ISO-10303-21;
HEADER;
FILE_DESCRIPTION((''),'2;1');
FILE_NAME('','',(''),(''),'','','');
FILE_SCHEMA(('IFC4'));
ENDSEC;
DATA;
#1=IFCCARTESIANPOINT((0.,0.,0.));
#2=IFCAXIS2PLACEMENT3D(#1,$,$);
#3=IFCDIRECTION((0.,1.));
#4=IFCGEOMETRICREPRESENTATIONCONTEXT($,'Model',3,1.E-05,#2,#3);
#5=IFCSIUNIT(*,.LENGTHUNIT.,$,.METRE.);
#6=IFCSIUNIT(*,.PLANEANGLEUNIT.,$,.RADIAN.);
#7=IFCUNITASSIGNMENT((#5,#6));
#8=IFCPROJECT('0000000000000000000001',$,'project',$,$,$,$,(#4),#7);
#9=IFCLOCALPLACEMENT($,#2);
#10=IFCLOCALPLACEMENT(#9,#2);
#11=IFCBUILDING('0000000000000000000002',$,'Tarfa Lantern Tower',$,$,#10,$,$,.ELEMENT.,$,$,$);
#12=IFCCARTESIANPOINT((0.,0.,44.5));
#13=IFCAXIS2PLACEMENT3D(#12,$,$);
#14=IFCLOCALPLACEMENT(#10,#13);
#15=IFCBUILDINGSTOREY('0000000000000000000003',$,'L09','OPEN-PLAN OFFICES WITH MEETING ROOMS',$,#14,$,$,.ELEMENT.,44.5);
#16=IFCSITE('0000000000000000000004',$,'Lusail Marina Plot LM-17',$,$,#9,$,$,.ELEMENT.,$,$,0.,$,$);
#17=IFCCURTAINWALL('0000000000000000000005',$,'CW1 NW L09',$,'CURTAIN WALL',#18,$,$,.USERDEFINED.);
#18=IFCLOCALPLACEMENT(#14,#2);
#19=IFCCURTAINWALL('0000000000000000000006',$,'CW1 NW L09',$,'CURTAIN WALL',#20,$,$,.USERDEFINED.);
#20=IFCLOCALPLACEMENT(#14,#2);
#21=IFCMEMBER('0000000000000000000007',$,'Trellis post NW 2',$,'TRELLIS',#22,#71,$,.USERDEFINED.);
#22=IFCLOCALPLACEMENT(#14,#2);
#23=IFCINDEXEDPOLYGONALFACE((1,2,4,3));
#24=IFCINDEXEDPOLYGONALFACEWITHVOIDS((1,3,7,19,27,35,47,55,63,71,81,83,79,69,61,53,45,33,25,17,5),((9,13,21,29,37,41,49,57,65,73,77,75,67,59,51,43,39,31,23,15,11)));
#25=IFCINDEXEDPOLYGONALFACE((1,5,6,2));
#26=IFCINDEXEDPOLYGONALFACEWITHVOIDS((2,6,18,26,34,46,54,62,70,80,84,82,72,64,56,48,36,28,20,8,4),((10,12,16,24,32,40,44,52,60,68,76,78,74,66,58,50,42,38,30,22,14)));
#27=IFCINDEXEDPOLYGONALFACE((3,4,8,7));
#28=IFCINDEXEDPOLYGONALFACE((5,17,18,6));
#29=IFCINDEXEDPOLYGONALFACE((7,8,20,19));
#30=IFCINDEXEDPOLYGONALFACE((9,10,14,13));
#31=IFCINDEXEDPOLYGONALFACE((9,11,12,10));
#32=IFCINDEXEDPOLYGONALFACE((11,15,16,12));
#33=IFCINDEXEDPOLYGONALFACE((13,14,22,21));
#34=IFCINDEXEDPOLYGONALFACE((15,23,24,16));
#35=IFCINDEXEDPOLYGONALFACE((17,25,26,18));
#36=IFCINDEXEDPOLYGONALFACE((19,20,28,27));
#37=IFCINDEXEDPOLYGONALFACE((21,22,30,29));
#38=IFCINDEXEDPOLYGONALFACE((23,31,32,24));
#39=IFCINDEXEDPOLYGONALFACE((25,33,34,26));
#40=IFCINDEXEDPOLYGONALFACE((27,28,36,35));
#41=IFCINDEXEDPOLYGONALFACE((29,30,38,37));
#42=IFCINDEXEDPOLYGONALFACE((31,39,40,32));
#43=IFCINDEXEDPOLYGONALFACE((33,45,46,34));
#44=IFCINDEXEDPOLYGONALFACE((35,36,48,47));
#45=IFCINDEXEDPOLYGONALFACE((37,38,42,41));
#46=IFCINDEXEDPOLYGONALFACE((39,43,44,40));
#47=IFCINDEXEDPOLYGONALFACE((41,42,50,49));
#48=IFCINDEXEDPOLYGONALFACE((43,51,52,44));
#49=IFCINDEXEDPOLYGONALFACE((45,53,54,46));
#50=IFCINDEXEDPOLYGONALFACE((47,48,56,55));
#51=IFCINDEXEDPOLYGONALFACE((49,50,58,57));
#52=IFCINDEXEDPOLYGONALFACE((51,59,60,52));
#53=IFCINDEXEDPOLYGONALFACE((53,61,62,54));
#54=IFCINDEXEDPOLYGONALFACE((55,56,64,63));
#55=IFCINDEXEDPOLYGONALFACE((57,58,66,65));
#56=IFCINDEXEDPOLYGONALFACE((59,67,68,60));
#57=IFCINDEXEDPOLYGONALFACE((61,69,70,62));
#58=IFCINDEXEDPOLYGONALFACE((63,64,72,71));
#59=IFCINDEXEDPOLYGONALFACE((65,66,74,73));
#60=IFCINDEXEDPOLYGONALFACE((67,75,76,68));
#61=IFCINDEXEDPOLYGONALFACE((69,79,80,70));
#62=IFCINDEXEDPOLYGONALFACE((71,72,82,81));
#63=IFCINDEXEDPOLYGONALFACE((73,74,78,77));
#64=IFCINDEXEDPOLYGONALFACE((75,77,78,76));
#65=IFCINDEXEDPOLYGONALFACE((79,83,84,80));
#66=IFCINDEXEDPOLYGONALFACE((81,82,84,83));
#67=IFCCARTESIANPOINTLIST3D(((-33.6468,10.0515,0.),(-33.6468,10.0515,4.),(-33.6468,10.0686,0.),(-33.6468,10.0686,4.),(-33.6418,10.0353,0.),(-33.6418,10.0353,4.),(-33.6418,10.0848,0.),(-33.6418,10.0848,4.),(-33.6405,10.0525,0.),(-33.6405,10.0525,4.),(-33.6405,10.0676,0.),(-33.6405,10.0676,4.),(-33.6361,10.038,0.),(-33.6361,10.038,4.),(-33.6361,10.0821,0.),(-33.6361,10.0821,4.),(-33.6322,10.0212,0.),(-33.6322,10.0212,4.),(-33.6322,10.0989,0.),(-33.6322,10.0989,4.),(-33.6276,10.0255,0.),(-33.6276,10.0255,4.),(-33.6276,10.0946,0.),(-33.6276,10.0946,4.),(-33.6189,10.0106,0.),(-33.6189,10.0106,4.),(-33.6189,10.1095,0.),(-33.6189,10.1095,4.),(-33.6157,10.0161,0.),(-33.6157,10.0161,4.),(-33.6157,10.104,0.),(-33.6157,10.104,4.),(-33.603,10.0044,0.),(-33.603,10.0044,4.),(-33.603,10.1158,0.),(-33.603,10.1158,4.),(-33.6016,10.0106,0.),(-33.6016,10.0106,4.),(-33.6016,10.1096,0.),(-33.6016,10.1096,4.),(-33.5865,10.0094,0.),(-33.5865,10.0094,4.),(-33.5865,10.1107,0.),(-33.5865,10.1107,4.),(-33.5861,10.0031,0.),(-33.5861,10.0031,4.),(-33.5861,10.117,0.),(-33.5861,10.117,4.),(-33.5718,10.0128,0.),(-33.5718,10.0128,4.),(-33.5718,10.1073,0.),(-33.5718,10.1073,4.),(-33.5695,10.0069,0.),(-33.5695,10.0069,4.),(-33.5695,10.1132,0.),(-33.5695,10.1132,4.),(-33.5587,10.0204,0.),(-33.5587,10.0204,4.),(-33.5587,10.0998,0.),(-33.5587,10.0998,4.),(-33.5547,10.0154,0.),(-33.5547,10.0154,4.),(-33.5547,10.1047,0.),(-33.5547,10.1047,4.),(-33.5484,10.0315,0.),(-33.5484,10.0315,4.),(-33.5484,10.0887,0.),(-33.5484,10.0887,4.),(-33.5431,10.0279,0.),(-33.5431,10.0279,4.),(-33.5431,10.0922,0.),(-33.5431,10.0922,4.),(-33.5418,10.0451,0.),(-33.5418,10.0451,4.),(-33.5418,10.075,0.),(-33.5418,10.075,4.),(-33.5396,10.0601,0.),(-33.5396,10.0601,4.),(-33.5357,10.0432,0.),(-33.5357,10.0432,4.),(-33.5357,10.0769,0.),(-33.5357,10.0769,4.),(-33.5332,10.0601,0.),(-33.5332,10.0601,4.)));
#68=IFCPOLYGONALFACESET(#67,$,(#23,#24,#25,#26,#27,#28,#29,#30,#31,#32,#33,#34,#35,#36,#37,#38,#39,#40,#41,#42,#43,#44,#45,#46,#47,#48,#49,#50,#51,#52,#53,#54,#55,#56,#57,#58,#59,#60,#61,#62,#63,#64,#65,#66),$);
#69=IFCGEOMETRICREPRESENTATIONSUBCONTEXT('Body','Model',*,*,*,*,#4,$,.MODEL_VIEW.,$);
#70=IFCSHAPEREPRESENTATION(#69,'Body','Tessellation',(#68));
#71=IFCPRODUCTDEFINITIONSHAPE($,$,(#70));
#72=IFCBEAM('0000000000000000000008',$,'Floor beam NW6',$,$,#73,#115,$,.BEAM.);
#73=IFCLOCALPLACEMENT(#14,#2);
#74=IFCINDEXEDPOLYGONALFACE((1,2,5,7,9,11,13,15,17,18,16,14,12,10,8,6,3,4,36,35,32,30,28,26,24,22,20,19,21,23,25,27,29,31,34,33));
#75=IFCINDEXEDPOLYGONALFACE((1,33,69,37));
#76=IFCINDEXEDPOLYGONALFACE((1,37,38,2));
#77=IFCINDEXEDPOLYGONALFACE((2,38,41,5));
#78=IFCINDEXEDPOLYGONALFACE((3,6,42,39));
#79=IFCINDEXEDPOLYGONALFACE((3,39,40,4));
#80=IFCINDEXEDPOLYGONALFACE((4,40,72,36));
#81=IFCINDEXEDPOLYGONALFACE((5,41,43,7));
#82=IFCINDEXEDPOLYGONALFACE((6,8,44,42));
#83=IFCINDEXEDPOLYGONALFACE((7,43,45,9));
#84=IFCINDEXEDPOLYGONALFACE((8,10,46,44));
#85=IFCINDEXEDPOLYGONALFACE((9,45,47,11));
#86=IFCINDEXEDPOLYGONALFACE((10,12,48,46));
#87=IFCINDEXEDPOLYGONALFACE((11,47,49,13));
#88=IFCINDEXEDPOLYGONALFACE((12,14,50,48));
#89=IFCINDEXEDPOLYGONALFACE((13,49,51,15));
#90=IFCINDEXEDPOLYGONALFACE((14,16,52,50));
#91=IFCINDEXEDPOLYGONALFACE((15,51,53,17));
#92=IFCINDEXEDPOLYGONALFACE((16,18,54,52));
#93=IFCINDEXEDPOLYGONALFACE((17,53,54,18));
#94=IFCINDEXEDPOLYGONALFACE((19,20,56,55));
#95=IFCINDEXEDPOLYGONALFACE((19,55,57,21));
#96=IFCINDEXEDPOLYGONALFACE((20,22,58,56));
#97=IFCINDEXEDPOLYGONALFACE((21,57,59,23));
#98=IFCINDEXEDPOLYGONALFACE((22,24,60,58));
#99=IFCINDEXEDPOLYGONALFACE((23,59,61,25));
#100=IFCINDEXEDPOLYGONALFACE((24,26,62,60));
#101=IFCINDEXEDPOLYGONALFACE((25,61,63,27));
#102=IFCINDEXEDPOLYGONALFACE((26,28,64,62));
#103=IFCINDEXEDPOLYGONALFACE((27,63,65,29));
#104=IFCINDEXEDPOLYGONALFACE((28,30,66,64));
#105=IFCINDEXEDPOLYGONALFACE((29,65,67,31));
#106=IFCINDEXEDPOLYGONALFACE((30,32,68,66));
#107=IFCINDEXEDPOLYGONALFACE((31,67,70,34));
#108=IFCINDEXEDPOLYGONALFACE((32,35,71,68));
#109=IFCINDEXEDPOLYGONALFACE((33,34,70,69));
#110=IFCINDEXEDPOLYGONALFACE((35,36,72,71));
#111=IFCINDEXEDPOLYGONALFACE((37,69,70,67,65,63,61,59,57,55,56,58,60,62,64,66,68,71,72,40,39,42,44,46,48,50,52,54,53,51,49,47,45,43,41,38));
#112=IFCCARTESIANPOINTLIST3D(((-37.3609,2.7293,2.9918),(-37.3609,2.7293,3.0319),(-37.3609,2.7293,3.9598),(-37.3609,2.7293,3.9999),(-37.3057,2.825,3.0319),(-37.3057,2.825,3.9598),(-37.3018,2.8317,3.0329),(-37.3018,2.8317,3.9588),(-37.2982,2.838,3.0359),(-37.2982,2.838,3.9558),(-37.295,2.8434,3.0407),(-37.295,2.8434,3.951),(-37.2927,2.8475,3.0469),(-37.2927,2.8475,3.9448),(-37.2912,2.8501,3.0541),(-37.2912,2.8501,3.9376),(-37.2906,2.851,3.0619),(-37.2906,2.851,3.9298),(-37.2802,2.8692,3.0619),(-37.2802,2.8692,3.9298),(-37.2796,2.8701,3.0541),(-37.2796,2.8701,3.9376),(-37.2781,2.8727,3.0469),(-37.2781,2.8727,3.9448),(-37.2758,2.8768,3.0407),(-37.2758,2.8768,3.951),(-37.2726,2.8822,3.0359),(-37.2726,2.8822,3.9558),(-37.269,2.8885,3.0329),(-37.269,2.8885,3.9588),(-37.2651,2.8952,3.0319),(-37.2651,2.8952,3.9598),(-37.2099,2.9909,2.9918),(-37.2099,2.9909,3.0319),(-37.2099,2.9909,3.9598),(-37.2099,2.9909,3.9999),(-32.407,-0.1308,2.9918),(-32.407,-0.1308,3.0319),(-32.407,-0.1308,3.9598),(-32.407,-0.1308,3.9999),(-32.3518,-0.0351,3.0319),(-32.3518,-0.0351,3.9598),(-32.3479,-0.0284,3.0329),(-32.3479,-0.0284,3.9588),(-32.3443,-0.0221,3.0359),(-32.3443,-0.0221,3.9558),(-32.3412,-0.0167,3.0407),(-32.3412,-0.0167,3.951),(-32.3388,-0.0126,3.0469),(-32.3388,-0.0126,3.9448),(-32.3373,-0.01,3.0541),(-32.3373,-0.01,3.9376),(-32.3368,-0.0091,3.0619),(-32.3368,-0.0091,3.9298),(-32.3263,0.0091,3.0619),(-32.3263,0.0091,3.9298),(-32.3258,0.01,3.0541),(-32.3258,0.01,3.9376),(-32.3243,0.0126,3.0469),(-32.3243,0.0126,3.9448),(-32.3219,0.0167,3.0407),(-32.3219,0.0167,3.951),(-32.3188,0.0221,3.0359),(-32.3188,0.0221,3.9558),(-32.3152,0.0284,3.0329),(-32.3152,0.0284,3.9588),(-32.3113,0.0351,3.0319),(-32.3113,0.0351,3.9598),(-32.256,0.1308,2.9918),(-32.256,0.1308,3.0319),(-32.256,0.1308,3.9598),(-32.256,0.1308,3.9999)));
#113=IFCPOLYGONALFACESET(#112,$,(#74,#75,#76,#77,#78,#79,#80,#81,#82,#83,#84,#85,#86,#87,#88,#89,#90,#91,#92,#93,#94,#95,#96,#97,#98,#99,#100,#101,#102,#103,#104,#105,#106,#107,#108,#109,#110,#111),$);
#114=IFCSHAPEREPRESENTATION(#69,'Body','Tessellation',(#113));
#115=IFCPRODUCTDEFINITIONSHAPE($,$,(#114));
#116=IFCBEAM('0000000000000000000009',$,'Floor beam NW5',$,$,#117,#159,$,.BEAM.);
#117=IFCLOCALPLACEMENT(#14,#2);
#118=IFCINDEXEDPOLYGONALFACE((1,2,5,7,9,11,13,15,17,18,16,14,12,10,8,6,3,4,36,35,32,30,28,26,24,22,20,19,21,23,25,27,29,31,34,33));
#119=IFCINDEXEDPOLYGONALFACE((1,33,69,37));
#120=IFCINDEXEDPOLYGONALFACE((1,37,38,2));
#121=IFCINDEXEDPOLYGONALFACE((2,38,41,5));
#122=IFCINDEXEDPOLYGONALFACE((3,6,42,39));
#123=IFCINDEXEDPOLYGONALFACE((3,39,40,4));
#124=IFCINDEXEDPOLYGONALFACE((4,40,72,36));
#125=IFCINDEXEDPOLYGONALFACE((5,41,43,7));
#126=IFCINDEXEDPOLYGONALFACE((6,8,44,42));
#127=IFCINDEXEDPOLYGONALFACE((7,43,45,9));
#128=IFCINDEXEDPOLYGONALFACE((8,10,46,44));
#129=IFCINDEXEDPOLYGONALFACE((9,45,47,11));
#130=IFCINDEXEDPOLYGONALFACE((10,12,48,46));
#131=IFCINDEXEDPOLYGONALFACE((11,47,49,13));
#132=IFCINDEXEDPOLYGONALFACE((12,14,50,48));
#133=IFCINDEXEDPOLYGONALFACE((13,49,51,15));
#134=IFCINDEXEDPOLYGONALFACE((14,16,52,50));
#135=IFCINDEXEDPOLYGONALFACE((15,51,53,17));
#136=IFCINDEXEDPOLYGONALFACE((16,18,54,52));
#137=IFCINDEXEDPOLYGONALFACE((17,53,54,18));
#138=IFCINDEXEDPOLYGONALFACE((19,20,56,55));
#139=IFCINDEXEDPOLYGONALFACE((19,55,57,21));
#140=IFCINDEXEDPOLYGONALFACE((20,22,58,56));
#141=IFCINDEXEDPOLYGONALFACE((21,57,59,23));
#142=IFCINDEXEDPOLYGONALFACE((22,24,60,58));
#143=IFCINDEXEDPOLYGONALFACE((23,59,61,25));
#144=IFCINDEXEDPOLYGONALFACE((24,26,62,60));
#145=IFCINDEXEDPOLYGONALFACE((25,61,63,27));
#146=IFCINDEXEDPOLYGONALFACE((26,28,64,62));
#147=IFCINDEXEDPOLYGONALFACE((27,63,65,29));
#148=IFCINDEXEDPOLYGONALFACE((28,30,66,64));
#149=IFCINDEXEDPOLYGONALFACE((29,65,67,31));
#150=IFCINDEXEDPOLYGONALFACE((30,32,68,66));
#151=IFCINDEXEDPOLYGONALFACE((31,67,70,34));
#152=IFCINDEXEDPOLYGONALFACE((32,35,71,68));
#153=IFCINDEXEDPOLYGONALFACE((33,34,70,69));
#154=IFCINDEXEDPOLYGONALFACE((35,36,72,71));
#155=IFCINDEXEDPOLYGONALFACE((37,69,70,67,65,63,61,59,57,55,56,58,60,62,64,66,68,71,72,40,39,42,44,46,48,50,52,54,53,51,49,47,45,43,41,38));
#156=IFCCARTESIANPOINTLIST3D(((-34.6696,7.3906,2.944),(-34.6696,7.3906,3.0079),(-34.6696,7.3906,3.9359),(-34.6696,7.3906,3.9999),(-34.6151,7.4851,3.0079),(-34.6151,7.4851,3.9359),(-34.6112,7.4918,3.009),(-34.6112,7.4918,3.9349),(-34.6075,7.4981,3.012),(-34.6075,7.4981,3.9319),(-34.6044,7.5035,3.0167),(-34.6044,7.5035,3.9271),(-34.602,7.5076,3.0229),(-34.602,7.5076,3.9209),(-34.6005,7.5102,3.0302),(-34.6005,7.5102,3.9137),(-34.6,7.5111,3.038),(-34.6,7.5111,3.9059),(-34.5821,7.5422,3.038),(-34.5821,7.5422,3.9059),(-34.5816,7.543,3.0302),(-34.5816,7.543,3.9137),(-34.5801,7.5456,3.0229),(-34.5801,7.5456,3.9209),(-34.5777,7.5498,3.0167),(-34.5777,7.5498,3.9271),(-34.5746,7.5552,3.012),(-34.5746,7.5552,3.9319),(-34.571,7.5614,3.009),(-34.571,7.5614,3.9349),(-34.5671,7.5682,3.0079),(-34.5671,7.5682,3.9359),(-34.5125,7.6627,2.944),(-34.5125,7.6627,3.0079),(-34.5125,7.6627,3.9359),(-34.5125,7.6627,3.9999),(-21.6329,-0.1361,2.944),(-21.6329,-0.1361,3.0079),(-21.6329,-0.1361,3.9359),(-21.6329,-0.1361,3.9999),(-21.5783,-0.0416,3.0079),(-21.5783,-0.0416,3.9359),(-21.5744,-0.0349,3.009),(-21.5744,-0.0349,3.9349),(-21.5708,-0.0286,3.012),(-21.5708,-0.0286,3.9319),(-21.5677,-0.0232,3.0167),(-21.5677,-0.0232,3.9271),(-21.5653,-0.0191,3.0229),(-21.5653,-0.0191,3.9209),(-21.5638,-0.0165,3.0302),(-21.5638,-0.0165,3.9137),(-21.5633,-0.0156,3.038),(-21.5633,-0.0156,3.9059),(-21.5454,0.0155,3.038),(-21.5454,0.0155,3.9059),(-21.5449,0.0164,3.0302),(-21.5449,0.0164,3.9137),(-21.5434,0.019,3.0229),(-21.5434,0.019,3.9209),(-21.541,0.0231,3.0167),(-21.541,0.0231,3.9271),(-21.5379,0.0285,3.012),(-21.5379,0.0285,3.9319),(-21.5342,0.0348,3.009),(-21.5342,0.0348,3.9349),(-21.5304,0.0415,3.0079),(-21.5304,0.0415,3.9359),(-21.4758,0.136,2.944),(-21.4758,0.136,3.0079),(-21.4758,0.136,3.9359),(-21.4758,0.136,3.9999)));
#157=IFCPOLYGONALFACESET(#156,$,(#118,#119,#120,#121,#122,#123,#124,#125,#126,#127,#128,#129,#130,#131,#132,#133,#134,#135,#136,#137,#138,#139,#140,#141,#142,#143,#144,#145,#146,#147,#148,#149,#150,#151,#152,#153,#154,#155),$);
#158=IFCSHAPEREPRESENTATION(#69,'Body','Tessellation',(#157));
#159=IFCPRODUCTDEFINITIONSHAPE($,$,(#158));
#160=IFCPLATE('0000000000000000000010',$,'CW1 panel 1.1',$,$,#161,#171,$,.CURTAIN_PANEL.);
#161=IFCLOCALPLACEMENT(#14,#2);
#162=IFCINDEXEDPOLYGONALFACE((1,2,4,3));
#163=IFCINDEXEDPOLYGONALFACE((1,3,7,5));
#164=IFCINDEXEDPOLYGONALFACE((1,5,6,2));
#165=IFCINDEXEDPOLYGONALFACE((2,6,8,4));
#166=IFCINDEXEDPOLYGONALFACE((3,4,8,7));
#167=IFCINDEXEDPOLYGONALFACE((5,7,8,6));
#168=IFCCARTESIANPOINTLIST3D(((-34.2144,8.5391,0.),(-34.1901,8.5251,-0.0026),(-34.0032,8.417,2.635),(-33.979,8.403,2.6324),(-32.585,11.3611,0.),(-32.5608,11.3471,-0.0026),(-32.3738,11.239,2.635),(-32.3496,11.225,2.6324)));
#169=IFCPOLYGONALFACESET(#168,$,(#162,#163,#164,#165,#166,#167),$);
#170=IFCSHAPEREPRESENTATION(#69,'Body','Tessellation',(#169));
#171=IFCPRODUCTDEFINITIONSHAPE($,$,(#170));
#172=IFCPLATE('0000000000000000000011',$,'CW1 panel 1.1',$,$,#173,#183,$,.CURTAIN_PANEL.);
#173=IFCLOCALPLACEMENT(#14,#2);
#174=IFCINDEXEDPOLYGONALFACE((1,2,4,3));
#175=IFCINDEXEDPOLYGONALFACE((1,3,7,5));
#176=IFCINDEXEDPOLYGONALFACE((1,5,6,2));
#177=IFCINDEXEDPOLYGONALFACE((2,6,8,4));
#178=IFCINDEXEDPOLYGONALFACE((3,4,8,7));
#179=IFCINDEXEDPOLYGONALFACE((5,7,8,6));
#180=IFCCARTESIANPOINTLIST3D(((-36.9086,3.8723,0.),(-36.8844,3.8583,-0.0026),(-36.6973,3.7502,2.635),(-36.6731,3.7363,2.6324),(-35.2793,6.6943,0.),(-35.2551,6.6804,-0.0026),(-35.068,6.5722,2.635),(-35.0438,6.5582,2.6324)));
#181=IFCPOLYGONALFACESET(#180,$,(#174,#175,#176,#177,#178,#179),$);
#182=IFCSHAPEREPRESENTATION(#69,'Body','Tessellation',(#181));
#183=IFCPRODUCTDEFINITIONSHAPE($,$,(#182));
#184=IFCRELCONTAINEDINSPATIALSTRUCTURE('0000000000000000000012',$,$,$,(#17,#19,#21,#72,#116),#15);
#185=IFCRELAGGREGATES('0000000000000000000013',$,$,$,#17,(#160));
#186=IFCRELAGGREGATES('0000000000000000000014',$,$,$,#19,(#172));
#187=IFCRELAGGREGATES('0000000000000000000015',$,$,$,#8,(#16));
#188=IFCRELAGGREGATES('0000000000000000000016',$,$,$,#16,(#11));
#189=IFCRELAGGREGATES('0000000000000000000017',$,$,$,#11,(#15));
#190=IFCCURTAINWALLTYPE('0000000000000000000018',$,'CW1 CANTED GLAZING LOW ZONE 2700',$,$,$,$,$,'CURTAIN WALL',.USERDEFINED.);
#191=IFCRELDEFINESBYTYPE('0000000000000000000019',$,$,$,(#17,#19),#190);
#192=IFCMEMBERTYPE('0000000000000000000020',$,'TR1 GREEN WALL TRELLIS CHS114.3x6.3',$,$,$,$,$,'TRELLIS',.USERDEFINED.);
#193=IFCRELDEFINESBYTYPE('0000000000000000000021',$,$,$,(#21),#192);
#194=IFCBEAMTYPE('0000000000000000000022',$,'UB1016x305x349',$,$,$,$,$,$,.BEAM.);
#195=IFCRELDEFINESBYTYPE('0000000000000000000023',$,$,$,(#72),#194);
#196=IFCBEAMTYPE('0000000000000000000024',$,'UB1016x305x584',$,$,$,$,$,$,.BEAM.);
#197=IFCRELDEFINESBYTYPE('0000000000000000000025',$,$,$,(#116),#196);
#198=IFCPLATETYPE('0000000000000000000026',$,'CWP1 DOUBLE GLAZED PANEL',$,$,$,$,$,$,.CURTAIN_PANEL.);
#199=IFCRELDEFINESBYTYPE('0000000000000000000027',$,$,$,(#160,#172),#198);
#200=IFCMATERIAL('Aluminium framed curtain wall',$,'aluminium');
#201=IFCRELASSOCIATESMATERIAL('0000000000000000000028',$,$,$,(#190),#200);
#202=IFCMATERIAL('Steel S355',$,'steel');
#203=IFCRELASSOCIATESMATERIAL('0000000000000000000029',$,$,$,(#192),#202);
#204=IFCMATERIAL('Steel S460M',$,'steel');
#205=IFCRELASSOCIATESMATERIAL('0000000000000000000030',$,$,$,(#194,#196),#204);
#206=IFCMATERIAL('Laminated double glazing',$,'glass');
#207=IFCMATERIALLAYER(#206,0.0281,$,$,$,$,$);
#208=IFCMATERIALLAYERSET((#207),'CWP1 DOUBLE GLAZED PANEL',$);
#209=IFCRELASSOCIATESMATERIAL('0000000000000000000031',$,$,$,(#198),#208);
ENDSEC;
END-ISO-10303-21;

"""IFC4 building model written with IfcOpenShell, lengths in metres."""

from ifc_helpers import new_model, si_unit, direction, frame, origin, origin_2d, place, context, subcontext, project, spatial, polyline, hollow_circle, i_section, outline, extrude, material, layer, layer_set, material_profile, profile_set, type_object, element, aggregate, save


model = new_model("IFC4")

# Units and contexts
model_context = context("Model", 3, precision=1e-05, world=origin(), true_north=direction((0.0, 1.0)))
body_context = subcontext(model_context, "Body", "Model", "MODEL_VIEW")
ifc_project = project(units=[si_unit("LENGTHUNIT", "METRE"), si_unit("PLANEANGLEUNIT", "RADIAN")], contexts=[model_context])

# Site, building, storey
site_placement = place(None, origin())
site = spatial("IfcSite", under=ifc_project, at=site_placement, Name="Lusail Marina Plot LM-17", CompositionType="ELEMENT", RefElevation=0.0)
building_placement = place(site_placement, origin())
building = spatial("IfcBuilding", under=site, at=building_placement, Name="Tarfa Lantern Tower", CompositionType="ELEMENT")
storey_placement = place(building_placement, frame((0.0, 0.0, 44.5)))
storey = spatial("IfcBuildingStorey", under=building, at=storey_placement, Name="L09", Description="OPEN-PLAN OFFICES WITH MEETING ROOMS", CompositionType="ELEMENT", Elevation=44.5)

# Curtain walls
ifc_material_1 = material(Name="Aluminium framed curtain wall", Category="aluminium")
curtain_wall_type = type_object("IfcCurtainWallType", Name="CW1 CANTED GLAZING LOW ZONE 2700", ElementType="CURTAIN WALL", PredefinedType="USERDEFINED", material=ifc_material_1)
curtain_wall_1_placement = place(storey_placement, origin())
curtain_wall_1 = element("IfcCurtainWall", 1, at=curtain_wall_1_placement, inside=storey, type_object=curtain_wall_type, Name="CW1 NW L09", ObjectType="CURTAIN WALL", PredefinedType="USERDEFINED")
curtain_wall_2_placement = place(storey_placement, origin())
curtain_wall_2 = element("IfcCurtainWall", 2, at=curtain_wall_2_placement, inside=storey, type_object=curtain_wall_type, Name="CW1 NW L09", ObjectType="CURTAIN WALL", PredefinedType="USERDEFINED")

# Member
ifc_material_2 = material(Name="Steel S355", Category="steel")
ifc_material_profile_1 = material_profile(ifc_material_2, hollow_circle(Radius=0.0571, WallThickness=0.0063, at=origin_2d()), Name="CHS114.3x6.3")
ifc_profile_set_1 = profile_set([ifc_material_profile_1], Name="Steel S355")
member_type_1 = type_object("IfcMemberType", Name="TR1 GREEN WALL TRELLIS CHS114.3x6.3", ElementType="TRELLIS", PredefinedType="USERDEFINED", material=ifc_profile_set_1)
member_1_placement = place(storey_placement, frame((-33.5903, 10.0601, 0.0), z_axis=(0.0, 0.0, 1.0), x_axis=(1.0, 0.0, 0.0)))
element("IfcMember", 3, at=member_1_placement, inside=storey, type_object=member_type_1, Name="Trellis post NW 2", ObjectType="TRELLIS", PredefinedType="USERDEFINED", context=body_context, shape_type="SweptSolid", body=[
    extrude(hollow_circle(Radius=0.0571, WallThickness=0.0063, at=origin_2d()), origin(), (0.0, 0.0, 1.0), 4.0),
])

# Beams
ifc_material_3 = material(Name="Steel S460M", Category="steel")
ifc_material_profile_2 = material_profile(ifc_material_3, i_section(OverallWidth=0.302, OverallDepth=1.0081, WebThickness=0.021, FlangeThickness=0.04, FilletRadius=0.03, at=origin_2d()), Name="UB1016x305x349")
ifc_profile_set_2 = profile_set([ifc_material_profile_2], Name="Steel S460M")
beam_type_1 = type_object("IfcBeamType", Name="UB1016x305x349", PredefinedType="BEAM", material=ifc_profile_set_2)
beam_1_placement = place(storey_placement, frame((-37.2854, 2.8601, 3.4958), z_axis=(0.866026, -0.5, 0.0), x_axis=(0.5, 0.866026, 0.0)))
element("IfcBeam", 4, at=beam_1_placement, inside=storey, type_object=beam_type_1, Name="Floor beam NW6", PredefinedType="BEAM", context=body_context, shape_type="SweptSolid", body=[
    extrude(i_section(OverallWidth=0.302, OverallDepth=1.0081, WebThickness=0.021, FlangeThickness=0.04, FilletRadius=0.03, at=origin_2d()), origin(), (0.0, 0.0, 1.0), 5.7202),
])
ifc_material_profile_3 = material_profile(ifc_material_3, i_section(OverallWidth=0.3142, OverallDepth=1.0559, WebThickness=0.0359, FlangeThickness=0.064, FilletRadius=0.03, at=origin_2d()), Name="UB1016x305x584")
ifc_profile_set_3 = profile_set([ifc_material_profile_3], Name="Steel S460M")
beam_type_2 = type_object("IfcBeamType", Name="UB1016x305x584", PredefinedType="BEAM", material=ifc_profile_set_3)
beam_2_placement = place(storey_placement, frame((-34.5911, 7.5266, 3.4719), z_axis=(0.866028, -0.499996, 0.0), x_axis=(0.499996, 0.866028, 0.0)))
element("IfcBeam", 5, at=beam_2_placement, inside=storey, type_object=beam_type_2, Name="Floor beam NW5", PredefinedType="BEAM", context=body_context, shape_type="SweptSolid", body=[
    extrude(i_section(OverallWidth=0.3142, OverallDepth=1.0559, WebThickness=0.0359, FlangeThickness=0.064, FilletRadius=0.03, at=origin_2d()), origin(), (0.0, 0.0, 1.0), 15.0535),
])

# Plates
ifc_material_4 = material(Name="Laminated double glazing", Category="glass")
ifc_layer_1 = layer(ifc_material_4, 0.0281)
ifc_layer_set_1 = layer_set([ifc_layer_1], Name="CWP1 DOUBLE GLAZED PANEL")
plate_type = type_object("IfcPlateType", Name="CWP1 DOUBLE GLAZED PANEL", PredefinedType="CURTAIN_PANEL", material=ifc_layer_set_1)
plate_1_placement = place(storey_placement, frame((-32.585, 11.3611, 0.0), z_axis=(-0.862325, 0.497894, 0.092176), x_axis=(-0.500023, -0.866012, 0.0)))
plate_1 = element("IfcPlate", 6, at=plate_1_placement, type_object=plate_type, Name="CW1 panel 1.1", PredefinedType="CURTAIN_PANEL", context=body_context, shape_type="SweptSolid", body=[
    extrude(outline(polyline([(0.0, 0.0), (3.2586, 0.0), (3.2588, 2.6463), (0.0001, 2.6463), (0.0, 0.0)])), origin(), (0.0, 0.0, -1.0), 0.0281),
])
aggregate(curtain_wall_1, [plate_1])
plate_2_placement = place(storey_placement, frame((-35.2793, 6.6943, 0.0), z_axis=(-0.862338, 0.497864, 0.092216), x_axis=(-0.499995, -0.866028, -0.000003)))
plate_2 = element("IfcPlate", 7, at=plate_2_placement, type_object=plate_type, Name="CW1 panel 1.1", PredefinedType="CURTAIN_PANEL", context=body_context, shape_type="SweptSolid", body=[
    extrude(outline(polyline([(0.0, 0.0), (3.2586, 0.0), (3.2586, 2.6463), (0.0001, 2.6463), (0.0, 0.0)])), origin(), (0.0, 0.0, -1.0), 0.0281),
])
aggregate(curtain_wall_2, [plate_2])

save(model, "model.ifc")
